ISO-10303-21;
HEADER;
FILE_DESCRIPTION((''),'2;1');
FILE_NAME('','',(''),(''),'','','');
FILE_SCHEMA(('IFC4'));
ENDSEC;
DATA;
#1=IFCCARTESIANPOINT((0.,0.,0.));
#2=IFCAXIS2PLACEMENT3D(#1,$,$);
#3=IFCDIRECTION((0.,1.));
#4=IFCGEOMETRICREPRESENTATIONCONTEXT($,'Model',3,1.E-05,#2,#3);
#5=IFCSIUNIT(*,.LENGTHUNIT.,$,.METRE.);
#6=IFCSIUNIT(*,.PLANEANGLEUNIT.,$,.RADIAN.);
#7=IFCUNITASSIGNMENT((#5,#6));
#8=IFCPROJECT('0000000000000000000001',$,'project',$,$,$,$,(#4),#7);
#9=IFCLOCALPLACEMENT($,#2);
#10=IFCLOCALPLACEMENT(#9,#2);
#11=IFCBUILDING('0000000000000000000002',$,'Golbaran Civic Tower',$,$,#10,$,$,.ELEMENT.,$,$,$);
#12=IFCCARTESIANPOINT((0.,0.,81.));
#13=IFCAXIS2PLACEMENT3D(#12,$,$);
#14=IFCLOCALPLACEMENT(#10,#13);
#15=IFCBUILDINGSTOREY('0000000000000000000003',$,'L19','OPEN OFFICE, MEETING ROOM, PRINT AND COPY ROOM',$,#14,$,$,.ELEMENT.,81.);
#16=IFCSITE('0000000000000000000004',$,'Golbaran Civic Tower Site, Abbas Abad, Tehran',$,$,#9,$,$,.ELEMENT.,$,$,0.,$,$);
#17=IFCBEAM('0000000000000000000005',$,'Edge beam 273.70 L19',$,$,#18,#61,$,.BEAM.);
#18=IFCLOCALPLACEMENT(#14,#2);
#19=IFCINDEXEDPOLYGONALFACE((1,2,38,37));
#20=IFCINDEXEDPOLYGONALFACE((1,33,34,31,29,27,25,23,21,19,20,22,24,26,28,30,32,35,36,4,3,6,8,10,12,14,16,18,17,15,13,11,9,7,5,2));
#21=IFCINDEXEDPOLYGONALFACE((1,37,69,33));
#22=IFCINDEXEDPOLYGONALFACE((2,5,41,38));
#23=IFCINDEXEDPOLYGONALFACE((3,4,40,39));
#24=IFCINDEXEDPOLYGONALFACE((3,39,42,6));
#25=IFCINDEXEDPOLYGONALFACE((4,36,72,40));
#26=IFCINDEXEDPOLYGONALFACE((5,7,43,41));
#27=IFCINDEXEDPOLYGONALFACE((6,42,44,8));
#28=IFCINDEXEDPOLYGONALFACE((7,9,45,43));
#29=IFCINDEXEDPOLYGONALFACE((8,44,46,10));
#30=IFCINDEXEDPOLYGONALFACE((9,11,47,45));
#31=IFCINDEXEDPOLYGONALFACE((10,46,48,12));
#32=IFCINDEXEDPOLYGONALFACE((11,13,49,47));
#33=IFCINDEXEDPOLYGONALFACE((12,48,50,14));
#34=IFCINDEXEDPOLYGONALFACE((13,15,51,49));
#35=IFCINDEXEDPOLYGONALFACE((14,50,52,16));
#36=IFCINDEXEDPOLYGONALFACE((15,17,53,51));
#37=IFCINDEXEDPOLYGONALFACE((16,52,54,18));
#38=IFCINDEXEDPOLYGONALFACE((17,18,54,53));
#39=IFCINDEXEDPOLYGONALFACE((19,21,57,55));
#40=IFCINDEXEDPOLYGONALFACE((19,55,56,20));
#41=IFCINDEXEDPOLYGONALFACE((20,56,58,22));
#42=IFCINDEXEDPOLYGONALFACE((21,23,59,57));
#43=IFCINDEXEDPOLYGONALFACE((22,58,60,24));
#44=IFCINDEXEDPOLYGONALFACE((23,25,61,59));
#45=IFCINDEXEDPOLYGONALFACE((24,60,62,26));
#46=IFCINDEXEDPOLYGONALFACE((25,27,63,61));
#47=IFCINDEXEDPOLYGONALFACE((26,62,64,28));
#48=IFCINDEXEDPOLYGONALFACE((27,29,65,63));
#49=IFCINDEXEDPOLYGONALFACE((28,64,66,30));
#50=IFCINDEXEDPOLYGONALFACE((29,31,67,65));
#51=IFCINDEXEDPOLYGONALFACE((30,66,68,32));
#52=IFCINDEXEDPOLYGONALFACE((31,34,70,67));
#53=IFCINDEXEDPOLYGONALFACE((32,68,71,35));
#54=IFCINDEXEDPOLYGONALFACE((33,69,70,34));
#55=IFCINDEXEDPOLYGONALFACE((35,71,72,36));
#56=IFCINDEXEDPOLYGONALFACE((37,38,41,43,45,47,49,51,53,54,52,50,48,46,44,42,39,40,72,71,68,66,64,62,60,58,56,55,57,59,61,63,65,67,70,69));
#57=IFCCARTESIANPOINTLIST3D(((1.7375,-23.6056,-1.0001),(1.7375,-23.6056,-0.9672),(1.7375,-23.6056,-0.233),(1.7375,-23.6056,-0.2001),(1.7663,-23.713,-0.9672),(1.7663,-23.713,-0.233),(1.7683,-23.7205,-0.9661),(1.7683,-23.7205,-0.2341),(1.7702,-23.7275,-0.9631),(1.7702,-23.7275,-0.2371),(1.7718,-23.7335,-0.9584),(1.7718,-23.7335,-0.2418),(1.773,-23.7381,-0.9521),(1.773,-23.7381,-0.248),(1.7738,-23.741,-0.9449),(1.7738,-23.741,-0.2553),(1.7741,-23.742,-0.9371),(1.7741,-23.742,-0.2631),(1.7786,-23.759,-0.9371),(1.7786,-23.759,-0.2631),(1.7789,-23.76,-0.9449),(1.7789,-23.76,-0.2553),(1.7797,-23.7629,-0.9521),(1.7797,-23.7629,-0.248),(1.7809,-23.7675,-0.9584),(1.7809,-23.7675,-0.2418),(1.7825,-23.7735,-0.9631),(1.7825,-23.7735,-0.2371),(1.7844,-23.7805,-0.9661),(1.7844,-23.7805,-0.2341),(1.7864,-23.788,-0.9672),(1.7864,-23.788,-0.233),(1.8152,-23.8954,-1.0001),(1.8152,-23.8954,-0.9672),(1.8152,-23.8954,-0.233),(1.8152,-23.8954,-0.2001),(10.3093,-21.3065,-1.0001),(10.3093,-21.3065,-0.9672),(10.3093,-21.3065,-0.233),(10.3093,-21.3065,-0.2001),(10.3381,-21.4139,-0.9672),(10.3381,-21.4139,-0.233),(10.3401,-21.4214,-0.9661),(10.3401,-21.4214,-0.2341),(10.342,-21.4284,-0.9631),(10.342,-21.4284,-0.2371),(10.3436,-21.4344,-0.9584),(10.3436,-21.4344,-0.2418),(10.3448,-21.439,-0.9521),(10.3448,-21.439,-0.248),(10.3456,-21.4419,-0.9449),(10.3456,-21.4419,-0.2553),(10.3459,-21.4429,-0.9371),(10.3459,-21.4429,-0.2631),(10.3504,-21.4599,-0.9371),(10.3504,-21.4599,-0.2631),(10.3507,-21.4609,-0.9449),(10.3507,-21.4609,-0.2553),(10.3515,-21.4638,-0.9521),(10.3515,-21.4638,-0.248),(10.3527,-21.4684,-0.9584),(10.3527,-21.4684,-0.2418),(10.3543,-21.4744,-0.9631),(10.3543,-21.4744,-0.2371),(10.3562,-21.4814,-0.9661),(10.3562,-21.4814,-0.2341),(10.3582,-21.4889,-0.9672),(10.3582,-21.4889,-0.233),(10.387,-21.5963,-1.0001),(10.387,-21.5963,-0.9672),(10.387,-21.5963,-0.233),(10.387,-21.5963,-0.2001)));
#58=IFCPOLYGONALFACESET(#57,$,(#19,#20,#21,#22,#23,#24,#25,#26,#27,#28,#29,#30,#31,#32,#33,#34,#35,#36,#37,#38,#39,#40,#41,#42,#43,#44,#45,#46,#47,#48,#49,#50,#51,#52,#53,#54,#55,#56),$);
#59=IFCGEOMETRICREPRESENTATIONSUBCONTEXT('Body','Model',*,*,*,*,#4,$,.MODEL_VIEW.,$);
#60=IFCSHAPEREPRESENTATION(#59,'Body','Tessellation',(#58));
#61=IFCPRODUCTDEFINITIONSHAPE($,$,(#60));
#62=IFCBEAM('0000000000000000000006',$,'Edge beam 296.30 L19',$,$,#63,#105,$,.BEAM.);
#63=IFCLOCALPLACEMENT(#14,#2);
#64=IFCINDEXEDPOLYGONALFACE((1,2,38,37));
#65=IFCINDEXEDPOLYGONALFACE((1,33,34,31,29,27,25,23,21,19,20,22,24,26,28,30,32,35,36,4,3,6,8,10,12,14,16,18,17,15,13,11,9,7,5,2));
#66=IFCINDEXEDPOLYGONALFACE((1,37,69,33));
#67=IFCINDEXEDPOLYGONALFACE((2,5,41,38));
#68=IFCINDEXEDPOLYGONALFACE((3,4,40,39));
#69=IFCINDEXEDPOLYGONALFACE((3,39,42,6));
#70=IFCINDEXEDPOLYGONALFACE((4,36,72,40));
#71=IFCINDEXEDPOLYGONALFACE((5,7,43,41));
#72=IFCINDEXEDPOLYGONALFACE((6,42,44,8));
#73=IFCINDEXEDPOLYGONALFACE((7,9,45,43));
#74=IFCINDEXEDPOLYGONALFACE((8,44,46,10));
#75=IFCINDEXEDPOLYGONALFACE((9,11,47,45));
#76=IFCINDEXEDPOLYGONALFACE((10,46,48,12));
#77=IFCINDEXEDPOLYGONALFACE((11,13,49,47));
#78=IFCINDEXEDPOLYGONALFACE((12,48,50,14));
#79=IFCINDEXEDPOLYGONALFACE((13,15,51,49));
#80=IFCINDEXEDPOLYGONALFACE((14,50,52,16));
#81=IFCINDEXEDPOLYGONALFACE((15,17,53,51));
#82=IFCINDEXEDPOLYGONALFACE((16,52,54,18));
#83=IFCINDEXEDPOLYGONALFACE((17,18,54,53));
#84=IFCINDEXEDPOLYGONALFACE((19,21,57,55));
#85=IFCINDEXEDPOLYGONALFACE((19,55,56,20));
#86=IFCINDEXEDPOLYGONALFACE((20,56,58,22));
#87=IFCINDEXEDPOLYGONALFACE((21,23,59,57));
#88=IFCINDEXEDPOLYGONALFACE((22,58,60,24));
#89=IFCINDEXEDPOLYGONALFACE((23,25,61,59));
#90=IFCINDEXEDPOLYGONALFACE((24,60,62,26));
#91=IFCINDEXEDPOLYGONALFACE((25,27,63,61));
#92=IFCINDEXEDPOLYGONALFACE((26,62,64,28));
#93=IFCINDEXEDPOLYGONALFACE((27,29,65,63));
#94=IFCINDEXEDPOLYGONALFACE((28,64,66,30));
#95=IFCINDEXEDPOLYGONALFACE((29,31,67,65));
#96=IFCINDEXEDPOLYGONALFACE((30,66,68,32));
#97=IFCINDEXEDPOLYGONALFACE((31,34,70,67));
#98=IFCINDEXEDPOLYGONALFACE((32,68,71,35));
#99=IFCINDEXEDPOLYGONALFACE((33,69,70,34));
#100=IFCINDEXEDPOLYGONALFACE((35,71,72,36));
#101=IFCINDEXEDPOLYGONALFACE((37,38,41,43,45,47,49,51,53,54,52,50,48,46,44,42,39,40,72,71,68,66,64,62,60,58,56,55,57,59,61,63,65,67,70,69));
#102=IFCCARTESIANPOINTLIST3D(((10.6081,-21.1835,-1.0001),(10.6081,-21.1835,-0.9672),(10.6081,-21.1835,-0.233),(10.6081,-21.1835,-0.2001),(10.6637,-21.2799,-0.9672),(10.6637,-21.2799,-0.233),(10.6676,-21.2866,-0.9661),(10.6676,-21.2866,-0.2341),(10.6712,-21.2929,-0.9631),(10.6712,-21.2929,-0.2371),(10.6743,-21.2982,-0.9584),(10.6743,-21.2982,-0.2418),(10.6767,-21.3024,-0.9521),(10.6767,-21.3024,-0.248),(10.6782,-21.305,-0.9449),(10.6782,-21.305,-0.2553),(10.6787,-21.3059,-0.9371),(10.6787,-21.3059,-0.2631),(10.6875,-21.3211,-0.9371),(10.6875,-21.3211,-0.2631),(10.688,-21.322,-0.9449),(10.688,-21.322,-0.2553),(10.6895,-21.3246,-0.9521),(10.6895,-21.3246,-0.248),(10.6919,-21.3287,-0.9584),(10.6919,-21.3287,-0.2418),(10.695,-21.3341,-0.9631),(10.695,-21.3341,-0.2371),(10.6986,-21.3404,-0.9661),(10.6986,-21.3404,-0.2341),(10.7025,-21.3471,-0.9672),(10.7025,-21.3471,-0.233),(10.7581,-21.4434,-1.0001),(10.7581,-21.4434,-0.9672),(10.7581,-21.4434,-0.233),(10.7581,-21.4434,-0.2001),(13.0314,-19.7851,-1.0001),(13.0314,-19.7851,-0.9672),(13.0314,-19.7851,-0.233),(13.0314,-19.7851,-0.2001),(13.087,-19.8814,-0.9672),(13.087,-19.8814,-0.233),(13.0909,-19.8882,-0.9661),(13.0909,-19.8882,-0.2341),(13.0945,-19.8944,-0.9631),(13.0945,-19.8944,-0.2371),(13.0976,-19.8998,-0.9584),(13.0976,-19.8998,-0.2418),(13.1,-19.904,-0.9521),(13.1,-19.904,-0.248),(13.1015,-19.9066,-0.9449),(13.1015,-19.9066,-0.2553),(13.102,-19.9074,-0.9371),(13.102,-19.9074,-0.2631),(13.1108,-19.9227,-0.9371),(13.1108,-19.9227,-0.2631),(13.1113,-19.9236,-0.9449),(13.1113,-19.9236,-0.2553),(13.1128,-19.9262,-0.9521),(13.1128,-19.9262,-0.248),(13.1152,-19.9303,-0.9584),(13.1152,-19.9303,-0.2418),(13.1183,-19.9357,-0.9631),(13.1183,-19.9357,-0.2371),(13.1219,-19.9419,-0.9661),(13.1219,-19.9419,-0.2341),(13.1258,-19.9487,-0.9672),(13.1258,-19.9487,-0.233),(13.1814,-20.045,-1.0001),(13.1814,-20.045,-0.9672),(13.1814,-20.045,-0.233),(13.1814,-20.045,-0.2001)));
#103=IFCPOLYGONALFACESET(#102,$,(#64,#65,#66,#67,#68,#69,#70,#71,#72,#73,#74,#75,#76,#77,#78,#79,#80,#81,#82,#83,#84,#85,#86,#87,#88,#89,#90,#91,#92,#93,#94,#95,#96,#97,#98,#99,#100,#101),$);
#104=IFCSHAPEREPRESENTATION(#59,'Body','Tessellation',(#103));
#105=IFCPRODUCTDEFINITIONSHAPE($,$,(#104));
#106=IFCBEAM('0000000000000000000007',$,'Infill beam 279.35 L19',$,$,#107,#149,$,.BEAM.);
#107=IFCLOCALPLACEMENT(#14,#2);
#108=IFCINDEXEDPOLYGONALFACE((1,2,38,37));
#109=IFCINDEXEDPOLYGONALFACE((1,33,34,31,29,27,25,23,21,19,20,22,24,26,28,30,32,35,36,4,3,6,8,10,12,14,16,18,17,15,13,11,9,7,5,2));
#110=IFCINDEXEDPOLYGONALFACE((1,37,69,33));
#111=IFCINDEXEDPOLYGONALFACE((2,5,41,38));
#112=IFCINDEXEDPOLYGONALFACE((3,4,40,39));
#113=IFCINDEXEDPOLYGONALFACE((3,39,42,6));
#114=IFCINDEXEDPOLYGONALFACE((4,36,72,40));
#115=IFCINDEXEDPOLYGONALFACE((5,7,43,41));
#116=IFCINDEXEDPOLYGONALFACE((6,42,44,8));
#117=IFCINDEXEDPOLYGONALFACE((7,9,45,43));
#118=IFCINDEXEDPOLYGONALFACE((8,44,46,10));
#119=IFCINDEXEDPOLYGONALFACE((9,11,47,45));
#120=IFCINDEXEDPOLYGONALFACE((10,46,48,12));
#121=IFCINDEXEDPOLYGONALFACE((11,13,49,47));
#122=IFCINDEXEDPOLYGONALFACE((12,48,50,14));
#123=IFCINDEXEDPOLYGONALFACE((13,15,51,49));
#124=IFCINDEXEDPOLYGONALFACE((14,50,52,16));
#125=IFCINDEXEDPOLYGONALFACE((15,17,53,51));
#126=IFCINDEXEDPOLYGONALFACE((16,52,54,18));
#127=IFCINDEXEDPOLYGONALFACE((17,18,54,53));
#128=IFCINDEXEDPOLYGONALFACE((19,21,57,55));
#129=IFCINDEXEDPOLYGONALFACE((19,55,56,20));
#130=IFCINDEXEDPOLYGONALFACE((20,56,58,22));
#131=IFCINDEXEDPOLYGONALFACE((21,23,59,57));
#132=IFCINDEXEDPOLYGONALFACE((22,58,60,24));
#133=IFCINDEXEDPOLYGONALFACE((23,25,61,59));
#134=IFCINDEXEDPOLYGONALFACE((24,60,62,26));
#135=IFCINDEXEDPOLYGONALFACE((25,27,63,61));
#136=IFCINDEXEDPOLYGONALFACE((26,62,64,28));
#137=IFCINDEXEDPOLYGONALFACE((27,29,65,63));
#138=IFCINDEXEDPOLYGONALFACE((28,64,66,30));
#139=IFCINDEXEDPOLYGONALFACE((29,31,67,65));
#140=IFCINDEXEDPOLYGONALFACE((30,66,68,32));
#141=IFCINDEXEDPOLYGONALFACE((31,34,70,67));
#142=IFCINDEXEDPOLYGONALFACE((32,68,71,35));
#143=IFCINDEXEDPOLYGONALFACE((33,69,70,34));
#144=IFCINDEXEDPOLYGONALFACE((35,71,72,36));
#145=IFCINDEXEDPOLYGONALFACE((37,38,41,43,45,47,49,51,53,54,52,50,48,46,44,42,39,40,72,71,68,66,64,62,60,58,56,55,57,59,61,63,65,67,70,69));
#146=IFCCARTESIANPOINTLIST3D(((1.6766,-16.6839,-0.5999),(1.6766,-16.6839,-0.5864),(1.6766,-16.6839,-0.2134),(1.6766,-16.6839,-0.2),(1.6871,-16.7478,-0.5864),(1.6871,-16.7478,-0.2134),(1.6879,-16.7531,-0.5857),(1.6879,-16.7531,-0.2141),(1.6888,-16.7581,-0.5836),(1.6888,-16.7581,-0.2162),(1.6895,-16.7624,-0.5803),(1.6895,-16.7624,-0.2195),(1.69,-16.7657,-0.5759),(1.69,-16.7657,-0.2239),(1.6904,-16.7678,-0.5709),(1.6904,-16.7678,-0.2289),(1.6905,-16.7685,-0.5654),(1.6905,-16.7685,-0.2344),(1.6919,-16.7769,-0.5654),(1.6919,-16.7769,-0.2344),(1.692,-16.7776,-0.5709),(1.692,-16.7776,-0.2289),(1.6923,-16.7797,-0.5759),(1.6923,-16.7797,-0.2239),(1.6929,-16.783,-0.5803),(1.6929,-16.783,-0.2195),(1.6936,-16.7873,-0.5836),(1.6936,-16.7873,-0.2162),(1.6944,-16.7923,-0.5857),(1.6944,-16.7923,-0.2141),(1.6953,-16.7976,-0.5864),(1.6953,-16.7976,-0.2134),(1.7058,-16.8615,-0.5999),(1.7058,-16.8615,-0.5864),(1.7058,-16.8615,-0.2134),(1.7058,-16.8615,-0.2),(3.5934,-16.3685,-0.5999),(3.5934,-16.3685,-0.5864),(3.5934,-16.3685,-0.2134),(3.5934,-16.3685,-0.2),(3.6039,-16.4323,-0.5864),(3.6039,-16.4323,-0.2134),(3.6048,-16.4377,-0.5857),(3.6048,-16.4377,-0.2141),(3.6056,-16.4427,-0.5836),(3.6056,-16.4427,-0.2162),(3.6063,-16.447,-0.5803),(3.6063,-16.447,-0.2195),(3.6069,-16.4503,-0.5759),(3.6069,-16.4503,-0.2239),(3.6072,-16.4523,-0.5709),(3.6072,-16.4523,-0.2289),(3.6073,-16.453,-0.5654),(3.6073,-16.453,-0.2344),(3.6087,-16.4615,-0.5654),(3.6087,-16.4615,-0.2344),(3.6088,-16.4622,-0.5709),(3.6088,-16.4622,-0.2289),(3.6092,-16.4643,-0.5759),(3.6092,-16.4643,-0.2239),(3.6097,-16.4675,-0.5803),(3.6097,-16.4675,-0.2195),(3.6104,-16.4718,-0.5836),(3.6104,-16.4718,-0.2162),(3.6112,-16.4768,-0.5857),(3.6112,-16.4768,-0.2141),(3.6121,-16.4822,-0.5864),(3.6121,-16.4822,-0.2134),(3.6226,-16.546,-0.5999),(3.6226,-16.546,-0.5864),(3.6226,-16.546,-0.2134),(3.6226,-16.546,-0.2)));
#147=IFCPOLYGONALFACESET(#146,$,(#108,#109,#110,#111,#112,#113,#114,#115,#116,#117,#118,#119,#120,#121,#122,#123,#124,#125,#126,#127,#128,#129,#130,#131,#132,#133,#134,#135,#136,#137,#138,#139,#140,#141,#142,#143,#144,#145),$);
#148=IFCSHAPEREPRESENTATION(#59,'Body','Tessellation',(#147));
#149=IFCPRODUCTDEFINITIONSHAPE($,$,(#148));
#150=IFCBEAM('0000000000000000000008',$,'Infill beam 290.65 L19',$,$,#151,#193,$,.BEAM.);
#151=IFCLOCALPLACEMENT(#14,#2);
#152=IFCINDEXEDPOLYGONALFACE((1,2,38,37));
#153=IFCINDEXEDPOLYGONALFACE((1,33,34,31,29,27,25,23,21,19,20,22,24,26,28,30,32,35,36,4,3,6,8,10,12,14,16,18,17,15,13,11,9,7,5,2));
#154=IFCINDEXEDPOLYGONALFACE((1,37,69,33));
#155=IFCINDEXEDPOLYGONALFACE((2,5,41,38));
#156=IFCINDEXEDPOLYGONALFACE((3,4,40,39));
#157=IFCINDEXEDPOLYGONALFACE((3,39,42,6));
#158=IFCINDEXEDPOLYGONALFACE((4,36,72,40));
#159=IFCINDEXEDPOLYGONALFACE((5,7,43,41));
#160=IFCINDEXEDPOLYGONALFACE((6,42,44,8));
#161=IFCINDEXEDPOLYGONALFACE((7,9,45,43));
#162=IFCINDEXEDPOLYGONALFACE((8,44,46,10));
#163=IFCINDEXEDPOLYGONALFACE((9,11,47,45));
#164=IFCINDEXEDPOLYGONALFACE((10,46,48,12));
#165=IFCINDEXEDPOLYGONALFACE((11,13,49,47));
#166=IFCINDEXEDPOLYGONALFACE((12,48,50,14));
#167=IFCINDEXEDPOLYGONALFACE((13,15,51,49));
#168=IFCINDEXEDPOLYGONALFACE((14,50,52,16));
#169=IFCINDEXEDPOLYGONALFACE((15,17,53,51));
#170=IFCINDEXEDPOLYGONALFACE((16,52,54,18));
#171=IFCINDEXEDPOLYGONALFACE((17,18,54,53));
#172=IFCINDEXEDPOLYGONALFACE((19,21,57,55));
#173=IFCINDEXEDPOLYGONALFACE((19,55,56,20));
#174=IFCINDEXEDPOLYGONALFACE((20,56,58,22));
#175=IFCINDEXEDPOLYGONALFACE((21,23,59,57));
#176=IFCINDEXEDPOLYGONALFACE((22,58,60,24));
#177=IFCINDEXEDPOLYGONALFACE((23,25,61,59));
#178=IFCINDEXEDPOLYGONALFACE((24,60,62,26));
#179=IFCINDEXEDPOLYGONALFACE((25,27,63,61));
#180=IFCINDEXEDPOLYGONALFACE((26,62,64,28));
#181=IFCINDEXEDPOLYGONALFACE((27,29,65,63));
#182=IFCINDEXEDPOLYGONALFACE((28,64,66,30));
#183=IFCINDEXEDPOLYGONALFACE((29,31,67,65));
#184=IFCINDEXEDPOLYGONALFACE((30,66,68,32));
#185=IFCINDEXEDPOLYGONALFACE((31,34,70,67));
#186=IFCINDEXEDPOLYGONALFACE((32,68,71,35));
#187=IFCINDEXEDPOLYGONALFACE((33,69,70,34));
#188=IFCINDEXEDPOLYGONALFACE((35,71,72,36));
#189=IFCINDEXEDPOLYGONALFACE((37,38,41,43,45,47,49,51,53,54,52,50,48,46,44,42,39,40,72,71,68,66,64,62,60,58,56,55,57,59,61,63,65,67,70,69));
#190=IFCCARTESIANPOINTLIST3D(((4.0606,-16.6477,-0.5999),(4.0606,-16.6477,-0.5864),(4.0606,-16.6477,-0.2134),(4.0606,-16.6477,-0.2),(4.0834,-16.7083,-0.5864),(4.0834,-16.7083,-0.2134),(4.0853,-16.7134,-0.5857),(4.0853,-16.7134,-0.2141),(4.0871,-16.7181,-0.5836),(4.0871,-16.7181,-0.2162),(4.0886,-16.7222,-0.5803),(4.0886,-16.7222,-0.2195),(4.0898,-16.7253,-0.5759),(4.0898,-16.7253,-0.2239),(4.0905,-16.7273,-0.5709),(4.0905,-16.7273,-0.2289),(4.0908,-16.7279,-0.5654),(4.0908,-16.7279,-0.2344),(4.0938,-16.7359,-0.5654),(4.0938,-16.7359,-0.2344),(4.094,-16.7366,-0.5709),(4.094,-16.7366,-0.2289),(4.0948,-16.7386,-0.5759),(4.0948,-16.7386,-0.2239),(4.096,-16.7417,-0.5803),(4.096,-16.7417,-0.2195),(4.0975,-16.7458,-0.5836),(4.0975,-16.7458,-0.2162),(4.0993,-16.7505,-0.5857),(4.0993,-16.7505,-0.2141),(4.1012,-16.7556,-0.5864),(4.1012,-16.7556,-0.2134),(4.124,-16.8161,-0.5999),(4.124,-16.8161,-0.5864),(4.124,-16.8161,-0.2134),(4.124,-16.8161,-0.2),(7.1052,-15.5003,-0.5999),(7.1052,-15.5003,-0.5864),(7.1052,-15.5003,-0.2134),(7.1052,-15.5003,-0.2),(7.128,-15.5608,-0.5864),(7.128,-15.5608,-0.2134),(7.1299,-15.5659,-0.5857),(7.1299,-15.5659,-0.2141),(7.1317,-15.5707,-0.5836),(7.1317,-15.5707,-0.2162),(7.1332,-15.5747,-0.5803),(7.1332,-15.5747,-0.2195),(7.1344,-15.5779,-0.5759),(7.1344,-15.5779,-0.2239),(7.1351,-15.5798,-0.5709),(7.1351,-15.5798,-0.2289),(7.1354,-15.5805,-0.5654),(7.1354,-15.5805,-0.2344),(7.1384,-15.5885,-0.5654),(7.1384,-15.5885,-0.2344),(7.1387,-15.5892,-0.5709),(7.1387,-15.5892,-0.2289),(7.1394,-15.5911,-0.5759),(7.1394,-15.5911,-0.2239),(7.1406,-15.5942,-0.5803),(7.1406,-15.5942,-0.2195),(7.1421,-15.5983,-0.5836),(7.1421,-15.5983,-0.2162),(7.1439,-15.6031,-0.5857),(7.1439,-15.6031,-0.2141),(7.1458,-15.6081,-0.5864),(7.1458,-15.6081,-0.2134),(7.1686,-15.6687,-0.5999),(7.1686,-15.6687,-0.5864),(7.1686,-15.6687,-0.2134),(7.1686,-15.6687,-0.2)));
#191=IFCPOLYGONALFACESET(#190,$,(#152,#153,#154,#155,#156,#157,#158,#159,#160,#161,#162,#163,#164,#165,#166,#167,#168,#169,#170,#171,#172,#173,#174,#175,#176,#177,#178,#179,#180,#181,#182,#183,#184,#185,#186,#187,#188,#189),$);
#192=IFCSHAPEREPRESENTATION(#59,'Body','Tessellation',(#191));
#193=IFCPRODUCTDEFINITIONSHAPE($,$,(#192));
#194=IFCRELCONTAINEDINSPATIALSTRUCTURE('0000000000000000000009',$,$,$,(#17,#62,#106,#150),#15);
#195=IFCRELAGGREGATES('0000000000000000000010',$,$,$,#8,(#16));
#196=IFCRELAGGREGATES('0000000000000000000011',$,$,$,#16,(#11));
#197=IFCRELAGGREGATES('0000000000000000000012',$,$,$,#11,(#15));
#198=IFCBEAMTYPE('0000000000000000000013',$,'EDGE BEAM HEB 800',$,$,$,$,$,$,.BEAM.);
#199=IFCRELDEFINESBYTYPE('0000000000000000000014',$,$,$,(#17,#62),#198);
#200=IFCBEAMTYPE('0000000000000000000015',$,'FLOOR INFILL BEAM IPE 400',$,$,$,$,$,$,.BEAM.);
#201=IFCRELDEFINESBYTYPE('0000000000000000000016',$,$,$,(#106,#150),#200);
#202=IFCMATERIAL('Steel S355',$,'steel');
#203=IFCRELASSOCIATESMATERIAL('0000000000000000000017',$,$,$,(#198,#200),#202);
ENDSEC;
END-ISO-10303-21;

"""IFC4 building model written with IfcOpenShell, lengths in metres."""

from ifc_helpers import new_model, si_unit, direction, frame, origin, origin_2d, place, context, subcontext, project, spatial, i_section, extrude, material, material_profile, profile_set, type_object, element, save


model = new_model("IFC4")

# Units and contexts
model_context = context("Model", 3, precision=1e-05, world=origin(), true_north=direction((0.0, 1.0)))
body_context = subcontext(model_context, "Body", "Model", "MODEL_VIEW")
ifc_project = project(units=[si_unit("LENGTHUNIT", "METRE"), si_unit("PLANEANGLEUNIT", "RADIAN")], contexts=[model_context])

# Site, building, storey
site_placement = place(None, origin())
site = spatial("IfcSite", under=ifc_project, at=site_placement, Name="Golbaran Civic Tower Site, Abbas Abad, Tehran", CompositionType="ELEMENT", RefElevation=0.0)
building_placement = place(site_placement, origin())
building = spatial("IfcBuilding", under=site, at=building_placement, Name="Golbaran Civic Tower", CompositionType="ELEMENT")
storey_placement = place(building_placement, frame((0.0, 0.0, 81.0)))
storey = spatial("IfcBuildingStorey", under=building, at=storey_placement, Name="L19", Description="OPEN OFFICE, MEETING ROOM, PRINT AND COPY ROOM", CompositionType="ELEMENT", Elevation=81.0)

# Beams
ifc_material_1 = material(Name="Steel S355", Category="steel")
ifc_material_profile_1 = material_profile(ifc_material_1, i_section(OverallWidth=0.3, OverallDepth=0.8, WebThickness=0.0176, FlangeThickness=0.033, FilletRadius=0.03, at=origin_2d()), Name="HEB 800")
ifc_profile_set_1 = profile_set([ifc_material_profile_1], Name="Steel S355")
beam_type_1 = type_object("IfcBeamType", Name="EDGE BEAM HEB 800", PredefinedType="BEAM", material=ifc_profile_set_1)
beam_1_placement = place(storey_placement, frame((1.7764, -23.7505, -0.6001), z_axis=(0.965862, 0.259058, 0.0), x_axis=(-0.259058, 0.965862, 0.0)))
element("IfcBeam", 1, at=beam_1_placement, inside=storey, type_object=beam_type_1, Name="Edge beam 273.70 L19", PredefinedType="BEAM", context=body_context, shape_type="SweptSolid", body=[
    extrude(i_section(OverallWidth=0.3, OverallDepth=0.8, WebThickness=0.0176, FlangeThickness=0.033, FilletRadius=0.03, at=origin_2d()), origin(), (0.0, 0.0, 1.0), 8.8748),
])
beam_2_placement = place(storey_placement, frame((10.6831, -21.3135, -0.6001), z_axis=(0.86613, 0.499818, 0.0), x_axis=(-0.499818, 0.86613, 0.0)))
element("IfcBeam", 2, at=beam_2_placement, inside=storey, type_object=beam_type_1, Name="Edge beam 296.30 L19", PredefinedType="BEAM", context=body_context, shape_type="SweptSolid", body=[
    extrude(i_section(OverallWidth=0.3, OverallDepth=0.8, WebThickness=0.0176, FlangeThickness=0.033, FilletRadius=0.03, at=origin_2d()), origin(), (0.0, 0.0, 1.0), 2.7979),
])
ifc_material_profile_2 = material_profile(ifc_material_1, i_section(OverallWidth=0.1799, OverallDepth=0.3999, WebThickness=0.0085, FlangeThickness=0.0134, FilletRadius=0.021, at=origin_2d()), Name="IPE 400")
ifc_profile_set_2 = profile_set([ifc_material_profile_2], Name="Steel S355")
beam_type_2 = type_object("IfcBeamType", Name="FLOOR INFILL BEAM IPE 400", PredefinedType="BEAM", material=ifc_profile_set_2)
beam_3_placement = place(storey_placement, frame((1.6912, -16.7727, -0.3999), z_axis=(0.986728, 0.162381, 0.0), x_axis=(-0.162381, 0.986728, 0.0)))
element("IfcBeam", 3, at=beam_3_placement, inside=storey, type_object=beam_type_2, Name="Infill beam 279.35 L19", PredefinedType="BEAM", context=body_context, shape_type="SweptSolid", body=[
    extrude(i_section(OverallWidth=0.1799, OverallDepth=0.3999, WebThickness=0.0085, FlangeThickness=0.0134, FilletRadius=0.021, at=origin_2d()), origin(), (0.0, 0.0, 1.0), 1.9426),
])
beam_4_placement = place(storey_placement, frame((4.0923, -16.7319, -0.3999), z_axis=(0.935751, 0.352661, 0.0), x_axis=(-0.352661, 0.935751, 0.0)))
element("IfcBeam", 4, at=beam_4_placement, inside=storey, type_object=beam_type_2, Name="Infill beam 290.65 L19", PredefinedType="BEAM", context=body_context, shape_type="SweptSolid", body=[
    extrude(i_section(OverallWidth=0.1799, OverallDepth=0.3999, WebThickness=0.0085, FlangeThickness=0.0134, FilletRadius=0.021, at=origin_2d()), origin(), (0.0, 0.0, 1.0), 3.2537),
])

save(model, "model.ifc")
